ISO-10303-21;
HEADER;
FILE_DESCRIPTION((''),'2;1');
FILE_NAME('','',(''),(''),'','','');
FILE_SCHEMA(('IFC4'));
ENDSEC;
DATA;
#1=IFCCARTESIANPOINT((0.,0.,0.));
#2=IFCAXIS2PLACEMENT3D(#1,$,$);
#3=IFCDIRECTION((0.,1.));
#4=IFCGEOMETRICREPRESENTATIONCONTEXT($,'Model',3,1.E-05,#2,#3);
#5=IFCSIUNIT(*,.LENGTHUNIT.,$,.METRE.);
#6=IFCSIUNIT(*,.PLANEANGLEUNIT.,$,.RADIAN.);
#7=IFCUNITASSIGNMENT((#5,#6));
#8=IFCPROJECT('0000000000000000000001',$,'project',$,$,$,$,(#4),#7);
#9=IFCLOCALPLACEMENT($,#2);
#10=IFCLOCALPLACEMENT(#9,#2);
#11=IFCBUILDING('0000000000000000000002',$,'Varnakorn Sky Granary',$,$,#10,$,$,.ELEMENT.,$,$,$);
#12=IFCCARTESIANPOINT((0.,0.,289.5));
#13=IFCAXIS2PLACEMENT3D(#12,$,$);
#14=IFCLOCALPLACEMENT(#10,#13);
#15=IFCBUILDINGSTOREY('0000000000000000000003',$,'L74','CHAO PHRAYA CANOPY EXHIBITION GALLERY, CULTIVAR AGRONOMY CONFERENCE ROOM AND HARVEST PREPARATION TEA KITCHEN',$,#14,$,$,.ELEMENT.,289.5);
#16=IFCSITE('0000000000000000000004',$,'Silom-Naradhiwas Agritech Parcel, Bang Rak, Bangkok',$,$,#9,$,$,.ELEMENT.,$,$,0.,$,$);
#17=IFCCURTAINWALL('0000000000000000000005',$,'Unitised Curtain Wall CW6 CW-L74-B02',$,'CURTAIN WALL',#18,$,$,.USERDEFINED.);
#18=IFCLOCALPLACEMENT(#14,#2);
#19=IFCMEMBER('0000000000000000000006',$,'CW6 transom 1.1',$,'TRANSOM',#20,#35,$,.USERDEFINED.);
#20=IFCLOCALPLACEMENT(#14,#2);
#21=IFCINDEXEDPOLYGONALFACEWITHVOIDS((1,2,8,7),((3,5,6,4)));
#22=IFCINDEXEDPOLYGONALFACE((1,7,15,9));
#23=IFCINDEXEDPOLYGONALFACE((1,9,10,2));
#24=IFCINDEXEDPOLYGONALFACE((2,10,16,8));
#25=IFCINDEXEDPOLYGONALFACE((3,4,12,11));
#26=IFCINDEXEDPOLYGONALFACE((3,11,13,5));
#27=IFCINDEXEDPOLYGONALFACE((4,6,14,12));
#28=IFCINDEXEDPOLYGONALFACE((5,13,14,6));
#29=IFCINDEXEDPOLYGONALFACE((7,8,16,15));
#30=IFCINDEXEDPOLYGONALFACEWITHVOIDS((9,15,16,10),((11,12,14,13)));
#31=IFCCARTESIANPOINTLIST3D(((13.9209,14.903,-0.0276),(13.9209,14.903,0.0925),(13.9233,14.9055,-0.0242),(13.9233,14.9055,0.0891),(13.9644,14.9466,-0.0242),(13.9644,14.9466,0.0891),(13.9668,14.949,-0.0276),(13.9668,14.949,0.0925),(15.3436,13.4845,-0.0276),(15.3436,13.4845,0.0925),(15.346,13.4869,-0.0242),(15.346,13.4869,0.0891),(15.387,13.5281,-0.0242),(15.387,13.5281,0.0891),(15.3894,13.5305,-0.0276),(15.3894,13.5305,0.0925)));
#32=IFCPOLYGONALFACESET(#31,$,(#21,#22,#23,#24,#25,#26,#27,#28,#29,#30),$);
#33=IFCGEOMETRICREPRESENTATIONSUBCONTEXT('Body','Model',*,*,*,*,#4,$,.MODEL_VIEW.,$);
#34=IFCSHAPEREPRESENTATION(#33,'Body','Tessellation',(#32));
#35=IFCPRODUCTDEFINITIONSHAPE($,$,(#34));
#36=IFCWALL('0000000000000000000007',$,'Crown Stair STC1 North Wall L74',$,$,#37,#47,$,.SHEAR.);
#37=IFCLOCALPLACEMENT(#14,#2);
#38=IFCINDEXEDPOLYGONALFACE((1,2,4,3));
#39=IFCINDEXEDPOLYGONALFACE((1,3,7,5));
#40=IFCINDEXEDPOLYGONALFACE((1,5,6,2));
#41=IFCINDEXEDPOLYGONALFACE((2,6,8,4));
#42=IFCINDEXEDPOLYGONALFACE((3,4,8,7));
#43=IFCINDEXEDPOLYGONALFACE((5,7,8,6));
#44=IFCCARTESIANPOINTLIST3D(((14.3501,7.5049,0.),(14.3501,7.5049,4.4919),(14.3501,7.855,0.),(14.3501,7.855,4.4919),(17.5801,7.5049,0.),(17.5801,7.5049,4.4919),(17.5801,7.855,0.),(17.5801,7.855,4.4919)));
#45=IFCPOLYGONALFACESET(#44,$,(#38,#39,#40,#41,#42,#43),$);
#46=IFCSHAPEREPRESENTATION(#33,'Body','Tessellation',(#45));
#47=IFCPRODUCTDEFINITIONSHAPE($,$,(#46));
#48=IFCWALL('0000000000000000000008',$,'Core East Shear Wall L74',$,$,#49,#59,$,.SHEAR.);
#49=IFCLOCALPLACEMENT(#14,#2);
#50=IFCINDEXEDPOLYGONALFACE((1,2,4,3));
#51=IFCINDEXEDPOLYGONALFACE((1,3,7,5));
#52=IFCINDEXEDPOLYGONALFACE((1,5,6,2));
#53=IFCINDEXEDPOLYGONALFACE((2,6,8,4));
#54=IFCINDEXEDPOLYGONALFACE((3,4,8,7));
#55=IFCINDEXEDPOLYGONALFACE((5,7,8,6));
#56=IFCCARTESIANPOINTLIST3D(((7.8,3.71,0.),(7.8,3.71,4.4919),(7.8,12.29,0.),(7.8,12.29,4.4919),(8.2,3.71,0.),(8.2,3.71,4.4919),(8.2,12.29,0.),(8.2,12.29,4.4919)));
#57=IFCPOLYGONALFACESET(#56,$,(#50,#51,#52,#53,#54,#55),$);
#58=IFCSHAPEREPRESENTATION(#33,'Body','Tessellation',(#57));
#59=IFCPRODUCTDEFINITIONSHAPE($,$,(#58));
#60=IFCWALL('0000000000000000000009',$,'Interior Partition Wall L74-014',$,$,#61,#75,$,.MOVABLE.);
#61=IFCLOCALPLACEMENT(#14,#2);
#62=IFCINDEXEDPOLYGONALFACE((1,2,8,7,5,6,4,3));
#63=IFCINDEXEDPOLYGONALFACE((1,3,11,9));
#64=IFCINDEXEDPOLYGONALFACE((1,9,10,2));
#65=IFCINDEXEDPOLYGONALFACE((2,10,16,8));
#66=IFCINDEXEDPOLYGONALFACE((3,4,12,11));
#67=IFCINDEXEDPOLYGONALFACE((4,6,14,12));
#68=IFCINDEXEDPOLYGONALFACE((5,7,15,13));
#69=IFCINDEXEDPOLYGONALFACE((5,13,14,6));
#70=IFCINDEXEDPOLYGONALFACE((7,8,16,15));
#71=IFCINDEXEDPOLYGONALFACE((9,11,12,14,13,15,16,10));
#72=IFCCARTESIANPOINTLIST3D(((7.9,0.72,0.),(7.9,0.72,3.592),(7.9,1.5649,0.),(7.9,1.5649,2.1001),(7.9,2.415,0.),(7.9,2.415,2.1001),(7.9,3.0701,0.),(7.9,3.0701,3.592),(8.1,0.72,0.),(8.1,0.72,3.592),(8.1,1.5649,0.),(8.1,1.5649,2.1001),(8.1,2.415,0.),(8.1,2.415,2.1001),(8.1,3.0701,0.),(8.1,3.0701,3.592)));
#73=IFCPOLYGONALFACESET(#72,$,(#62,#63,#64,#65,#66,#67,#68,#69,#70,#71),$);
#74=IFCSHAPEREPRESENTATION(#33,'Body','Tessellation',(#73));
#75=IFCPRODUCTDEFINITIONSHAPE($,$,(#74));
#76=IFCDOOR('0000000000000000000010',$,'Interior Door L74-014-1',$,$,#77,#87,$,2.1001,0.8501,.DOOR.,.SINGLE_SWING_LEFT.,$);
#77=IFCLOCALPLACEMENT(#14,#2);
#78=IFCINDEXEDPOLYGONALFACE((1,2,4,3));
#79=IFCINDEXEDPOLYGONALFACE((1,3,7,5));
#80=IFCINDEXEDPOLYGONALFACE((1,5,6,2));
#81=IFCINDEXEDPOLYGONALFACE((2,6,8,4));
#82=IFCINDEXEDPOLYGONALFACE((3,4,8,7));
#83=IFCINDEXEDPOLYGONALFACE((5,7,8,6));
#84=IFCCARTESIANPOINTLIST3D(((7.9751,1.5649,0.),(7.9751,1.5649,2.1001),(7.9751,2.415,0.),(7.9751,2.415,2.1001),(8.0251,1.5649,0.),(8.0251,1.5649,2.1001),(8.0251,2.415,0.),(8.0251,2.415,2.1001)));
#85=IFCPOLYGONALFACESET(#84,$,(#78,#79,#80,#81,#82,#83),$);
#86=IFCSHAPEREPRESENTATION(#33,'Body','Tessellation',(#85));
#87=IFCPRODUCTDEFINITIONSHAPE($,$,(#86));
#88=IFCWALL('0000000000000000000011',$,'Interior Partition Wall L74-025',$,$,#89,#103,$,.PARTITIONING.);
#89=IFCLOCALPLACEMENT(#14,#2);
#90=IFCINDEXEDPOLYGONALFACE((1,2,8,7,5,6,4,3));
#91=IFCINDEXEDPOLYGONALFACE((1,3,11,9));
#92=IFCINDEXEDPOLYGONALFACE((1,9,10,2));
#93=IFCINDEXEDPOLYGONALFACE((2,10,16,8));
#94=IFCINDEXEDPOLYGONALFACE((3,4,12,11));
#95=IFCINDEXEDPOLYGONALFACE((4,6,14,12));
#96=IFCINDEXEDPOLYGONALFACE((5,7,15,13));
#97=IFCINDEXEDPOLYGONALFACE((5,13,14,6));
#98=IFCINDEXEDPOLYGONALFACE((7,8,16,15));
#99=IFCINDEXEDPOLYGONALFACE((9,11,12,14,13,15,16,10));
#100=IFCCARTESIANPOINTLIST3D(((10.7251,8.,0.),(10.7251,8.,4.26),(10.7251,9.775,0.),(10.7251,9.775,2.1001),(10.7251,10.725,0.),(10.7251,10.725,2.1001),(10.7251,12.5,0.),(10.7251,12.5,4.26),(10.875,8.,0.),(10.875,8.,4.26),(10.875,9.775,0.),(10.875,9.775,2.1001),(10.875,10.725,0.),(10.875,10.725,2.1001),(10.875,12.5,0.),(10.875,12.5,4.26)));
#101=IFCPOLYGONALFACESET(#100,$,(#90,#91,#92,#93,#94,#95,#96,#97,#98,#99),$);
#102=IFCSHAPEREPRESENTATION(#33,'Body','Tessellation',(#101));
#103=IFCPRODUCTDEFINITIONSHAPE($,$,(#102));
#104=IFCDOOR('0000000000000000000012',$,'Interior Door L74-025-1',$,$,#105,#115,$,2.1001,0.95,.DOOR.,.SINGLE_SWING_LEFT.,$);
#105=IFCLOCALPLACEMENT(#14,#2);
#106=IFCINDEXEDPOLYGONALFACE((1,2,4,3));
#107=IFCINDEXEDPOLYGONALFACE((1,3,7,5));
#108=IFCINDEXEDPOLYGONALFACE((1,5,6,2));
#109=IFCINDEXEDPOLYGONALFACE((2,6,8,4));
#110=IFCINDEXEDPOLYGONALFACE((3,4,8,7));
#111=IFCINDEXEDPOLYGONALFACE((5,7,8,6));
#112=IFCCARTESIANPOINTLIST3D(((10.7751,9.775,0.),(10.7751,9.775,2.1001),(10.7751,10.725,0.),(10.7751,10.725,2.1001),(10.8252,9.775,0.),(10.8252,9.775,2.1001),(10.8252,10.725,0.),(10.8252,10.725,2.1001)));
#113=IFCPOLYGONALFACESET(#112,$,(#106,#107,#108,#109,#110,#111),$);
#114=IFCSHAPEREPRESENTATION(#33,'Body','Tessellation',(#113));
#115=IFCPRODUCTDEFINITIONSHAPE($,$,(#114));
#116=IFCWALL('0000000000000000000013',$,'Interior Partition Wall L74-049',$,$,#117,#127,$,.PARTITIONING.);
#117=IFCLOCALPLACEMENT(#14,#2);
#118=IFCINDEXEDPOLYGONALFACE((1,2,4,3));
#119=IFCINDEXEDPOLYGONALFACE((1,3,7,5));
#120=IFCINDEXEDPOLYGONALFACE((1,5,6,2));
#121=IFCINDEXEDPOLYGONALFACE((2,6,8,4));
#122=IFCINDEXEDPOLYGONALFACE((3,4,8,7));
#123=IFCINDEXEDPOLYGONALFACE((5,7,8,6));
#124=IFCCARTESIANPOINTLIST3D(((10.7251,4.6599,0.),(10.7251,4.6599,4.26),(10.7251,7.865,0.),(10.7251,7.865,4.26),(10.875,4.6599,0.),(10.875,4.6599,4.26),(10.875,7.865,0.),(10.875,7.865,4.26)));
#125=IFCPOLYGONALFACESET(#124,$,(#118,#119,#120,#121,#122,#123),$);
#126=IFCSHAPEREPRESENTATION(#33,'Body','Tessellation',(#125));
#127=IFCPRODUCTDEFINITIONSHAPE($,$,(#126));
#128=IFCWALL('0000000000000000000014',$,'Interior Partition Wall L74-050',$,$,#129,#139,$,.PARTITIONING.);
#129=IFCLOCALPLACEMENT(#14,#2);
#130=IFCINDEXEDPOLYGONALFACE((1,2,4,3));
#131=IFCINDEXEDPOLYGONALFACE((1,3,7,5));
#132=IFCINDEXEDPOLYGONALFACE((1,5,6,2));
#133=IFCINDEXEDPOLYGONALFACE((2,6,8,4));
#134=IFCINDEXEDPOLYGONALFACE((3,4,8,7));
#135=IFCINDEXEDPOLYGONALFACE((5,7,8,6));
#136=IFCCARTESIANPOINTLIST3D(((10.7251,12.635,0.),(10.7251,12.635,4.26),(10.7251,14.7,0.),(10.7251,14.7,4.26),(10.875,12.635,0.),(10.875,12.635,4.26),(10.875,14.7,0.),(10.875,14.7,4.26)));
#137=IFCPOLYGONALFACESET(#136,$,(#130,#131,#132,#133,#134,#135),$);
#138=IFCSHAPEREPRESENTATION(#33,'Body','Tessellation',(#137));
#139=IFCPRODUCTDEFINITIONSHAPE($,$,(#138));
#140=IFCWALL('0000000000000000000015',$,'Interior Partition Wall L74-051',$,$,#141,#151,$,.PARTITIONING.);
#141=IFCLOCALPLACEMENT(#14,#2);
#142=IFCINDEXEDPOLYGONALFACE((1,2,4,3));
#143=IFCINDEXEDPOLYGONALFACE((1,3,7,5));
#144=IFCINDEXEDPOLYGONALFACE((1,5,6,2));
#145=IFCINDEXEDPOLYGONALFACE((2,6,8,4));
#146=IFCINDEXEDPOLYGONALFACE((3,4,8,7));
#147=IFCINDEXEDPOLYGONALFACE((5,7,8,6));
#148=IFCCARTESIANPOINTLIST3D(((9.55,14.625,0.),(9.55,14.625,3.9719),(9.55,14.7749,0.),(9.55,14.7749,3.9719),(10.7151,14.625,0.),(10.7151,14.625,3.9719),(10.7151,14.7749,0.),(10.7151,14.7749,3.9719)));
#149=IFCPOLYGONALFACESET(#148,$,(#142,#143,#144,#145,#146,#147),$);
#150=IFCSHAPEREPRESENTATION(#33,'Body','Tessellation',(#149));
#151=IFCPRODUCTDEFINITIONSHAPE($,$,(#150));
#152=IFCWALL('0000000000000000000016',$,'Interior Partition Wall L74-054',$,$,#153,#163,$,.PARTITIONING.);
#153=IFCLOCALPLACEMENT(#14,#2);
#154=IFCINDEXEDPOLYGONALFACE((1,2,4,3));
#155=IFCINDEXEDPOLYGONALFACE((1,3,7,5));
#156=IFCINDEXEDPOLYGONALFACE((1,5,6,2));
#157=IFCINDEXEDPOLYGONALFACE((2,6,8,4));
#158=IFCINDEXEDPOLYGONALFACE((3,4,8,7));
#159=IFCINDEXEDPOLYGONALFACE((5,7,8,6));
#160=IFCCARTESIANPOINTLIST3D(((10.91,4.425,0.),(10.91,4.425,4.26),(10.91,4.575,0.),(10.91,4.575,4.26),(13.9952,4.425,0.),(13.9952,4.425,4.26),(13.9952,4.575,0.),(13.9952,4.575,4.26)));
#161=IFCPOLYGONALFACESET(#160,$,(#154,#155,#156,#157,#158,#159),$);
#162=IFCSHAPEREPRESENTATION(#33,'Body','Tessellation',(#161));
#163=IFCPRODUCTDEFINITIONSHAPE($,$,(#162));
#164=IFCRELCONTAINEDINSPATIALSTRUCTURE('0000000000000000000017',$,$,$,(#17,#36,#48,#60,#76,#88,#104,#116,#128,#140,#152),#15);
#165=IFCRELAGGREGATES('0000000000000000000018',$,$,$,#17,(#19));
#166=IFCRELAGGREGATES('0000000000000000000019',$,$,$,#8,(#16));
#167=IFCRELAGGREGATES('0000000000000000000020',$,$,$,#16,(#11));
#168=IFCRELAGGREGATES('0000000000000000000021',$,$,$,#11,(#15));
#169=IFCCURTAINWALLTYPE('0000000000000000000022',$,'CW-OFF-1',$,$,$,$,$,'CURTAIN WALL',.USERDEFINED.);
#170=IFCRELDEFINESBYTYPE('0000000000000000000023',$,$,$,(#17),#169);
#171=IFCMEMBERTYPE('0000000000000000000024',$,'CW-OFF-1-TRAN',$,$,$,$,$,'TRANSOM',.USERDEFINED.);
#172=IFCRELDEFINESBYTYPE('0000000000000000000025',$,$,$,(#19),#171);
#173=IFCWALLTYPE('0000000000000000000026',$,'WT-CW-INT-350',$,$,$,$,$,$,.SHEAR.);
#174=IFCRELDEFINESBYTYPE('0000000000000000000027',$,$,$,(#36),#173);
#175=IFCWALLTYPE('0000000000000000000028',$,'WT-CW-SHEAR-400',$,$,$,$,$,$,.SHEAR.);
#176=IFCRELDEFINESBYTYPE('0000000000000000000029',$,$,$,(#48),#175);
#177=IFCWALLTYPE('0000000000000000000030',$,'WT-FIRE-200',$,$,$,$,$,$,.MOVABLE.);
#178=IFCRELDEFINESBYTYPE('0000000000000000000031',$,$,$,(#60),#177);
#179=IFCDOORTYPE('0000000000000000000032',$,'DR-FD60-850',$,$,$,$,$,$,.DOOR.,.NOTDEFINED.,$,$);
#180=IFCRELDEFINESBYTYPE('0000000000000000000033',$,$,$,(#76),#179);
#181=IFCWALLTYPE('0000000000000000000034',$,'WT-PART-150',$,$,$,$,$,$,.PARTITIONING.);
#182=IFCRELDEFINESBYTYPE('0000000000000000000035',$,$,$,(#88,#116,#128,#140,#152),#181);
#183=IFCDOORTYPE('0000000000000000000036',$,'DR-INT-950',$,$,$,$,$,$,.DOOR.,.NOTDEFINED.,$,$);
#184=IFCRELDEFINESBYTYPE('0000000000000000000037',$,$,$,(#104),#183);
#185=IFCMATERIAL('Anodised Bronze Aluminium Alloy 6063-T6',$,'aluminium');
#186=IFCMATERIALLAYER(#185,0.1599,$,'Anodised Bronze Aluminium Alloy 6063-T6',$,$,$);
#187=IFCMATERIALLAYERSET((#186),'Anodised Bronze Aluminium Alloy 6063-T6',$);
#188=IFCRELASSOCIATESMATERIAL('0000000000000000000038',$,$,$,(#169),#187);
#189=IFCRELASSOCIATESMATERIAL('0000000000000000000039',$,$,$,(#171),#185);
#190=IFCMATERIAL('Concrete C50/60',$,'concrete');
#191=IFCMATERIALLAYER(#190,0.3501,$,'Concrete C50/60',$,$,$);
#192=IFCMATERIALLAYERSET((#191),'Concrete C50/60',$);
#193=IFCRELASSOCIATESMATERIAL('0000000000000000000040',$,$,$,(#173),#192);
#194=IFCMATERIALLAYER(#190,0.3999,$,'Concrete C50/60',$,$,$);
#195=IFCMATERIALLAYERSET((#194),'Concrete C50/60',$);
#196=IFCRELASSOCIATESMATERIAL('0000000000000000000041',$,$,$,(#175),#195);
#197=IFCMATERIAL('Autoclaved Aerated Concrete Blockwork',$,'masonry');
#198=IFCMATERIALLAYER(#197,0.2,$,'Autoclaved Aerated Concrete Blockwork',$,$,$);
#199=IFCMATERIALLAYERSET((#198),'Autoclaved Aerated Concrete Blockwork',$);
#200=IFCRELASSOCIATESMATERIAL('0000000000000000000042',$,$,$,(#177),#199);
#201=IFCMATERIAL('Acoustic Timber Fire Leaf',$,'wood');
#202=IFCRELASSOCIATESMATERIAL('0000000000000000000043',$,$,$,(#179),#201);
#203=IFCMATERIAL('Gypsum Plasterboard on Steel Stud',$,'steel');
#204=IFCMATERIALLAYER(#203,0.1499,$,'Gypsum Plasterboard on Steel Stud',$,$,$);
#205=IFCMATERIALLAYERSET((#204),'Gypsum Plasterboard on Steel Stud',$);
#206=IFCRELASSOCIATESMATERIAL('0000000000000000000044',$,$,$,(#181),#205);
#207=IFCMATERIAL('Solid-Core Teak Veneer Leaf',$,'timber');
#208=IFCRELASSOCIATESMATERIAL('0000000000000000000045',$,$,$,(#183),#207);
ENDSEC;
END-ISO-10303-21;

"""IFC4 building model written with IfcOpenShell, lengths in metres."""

from ifc_helpers import new_model, si_unit, direction, frame, frame_2d, origin, origin_2d, place, context, subcontext, project, spatial, rectangle, hollow_rectangle, extrude, material, layer, layer_set, material_profile, profile_set, type_object, element, fill, aggregate, save


model = new_model("IFC4")

# Units and contexts
model_context = context("Model", 3, precision=1e-05, world=origin(), true_north=direction((0.0, 1.0)))
body_context = subcontext(model_context, "Body", "Model", "MODEL_VIEW")
ifc_project = project(units=[si_unit("LENGTHUNIT", "METRE"), si_unit("PLANEANGLEUNIT", "RADIAN")], contexts=[model_context])

# Site, building, storey
site_placement = place(None, origin())
site = spatial("IfcSite", under=ifc_project, at=site_placement, Name="Silom-Naradhiwas Agritech Parcel, Bang Rak, Bangkok", CompositionType="ELEMENT", RefElevation=0.0)
building_placement = place(site_placement, origin())
building = spatial("IfcBuilding", under=site, at=building_placement, Name="Varnakorn Sky Granary", CompositionType="ELEMENT")
storey_placement = place(building_placement, frame((0.0, 0.0, 289.5)))
storey = spatial("IfcBuildingStorey", under=building, at=storey_placement, Name="L74", Description="CHAO PHRAYA CANOPY EXHIBITION GALLERY, CULTIVAR AGRONOMY CONFERENCE ROOM AND HARVEST PREPARATION TEA KITCHEN", CompositionType="ELEMENT", Elevation=289.5)

# Shared definitions
ifc_material_1 = material(Name="Concrete C50/60", Category="concrete")

# Curtain wall, member
ifc_material_2 = material(Name="Anodised Bronze Aluminium Alloy 6063-T6", Category="aluminium")
ifc_layer_1 = layer(ifc_material_2, 0.1599, Name="Anodised Bronze Aluminium Alloy 6063-T6")
ifc_layer_set_1 = layer_set([ifc_layer_1], Name="Anodised Bronze Aluminium Alloy 6063-T6")
curtain_wall_type = type_object("IfcCurtainWallType", Name="CW-OFF-1", ElementType="CURTAIN WALL", PredefinedType="USERDEFINED", material=ifc_layer_set_1)
curtain_wall_placement = place(storey_placement, origin())
curtain_wall = element("IfcCurtainWall", 1, at=curtain_wall_placement, inside=storey, type_object=curtain_wall_type, Name="Unitised Curtain Wall CW6 CW-L74-B02", ObjectType="CURTAIN WALL", PredefinedType="USERDEFINED")
ifc_material_profile_1 = material_profile(ifc_material_2, hollow_rectangle(XDim=0.0649, YDim=0.1201, WallThickness=0.0034, at=origin_2d()), Name="ALU TRAN 65x120")
ifc_profile_set_1 = profile_set([ifc_material_profile_1], Name="Anodised Bronze Aluminium Alloy 6063-T6")
member_type = type_object("IfcMemberType", Name="CW-OFF-1-TRAN", ElementType="TRANSOM", PredefinedType="USERDEFINED", material=ifc_profile_set_1)
member_placement = place(storey_placement, frame((13.9438, 14.926, 0.0325), z_axis=(0.708139, -0.706073, 0.0), x_axis=(0.706073, 0.708139, 0.0)))
member = element("IfcMember", 2, at=member_placement, type_object=member_type, Name="CW6 transom 1.1", ObjectType="TRANSOM", PredefinedType="USERDEFINED", context=body_context, shape_type="SweptSolid", body=[
    extrude(hollow_rectangle(XDim=0.0649, YDim=0.1201, WallThickness=0.0034, at=origin_2d()), origin(), (0.0, 0.0, 1.0), 2.009),
])
aggregate(curtain_wall, [member])

# Wall
ifc_layer_2 = layer(ifc_material_1, 0.3501, Name="Concrete C50/60")
ifc_layer_set_2 = layer_set([ifc_layer_2], Name="Concrete C50/60")
wall_type_1 = type_object("IfcWallType", Name="WT-CW-INT-350", PredefinedType="SHEAR", material=ifc_layer_set_2)
wall_1_placement = place(storey_placement, frame((14.3501, 7.6799, 0.0), z_axis=(0.0, 0.0, 1.0), x_axis=(1.0, 0.0, 0.0)))
element("IfcWall", 3, at=wall_1_placement, inside=storey, type_object=wall_type_1, Name="Crown Stair STC1 North Wall L74", PredefinedType="SHEAR", context=body_context, shape_type="SweptSolid", body=[
    extrude(rectangle(XDim=3.23, YDim=0.3501, at=frame_2d((1.615, 0.0))), origin(), (0.0, 0.0, 1.0), 4.4919),
])

# Wall
ifc_layer_3 = layer(ifc_material_1, 0.3999, Name="Concrete C50/60")
ifc_layer_set_3 = layer_set([ifc_layer_3], Name="Concrete C50/60")
wall_type_2 = type_object("IfcWallType", Name="WT-CW-SHEAR-400", PredefinedType="SHEAR", material=ifc_layer_set_3)
wall_2_placement = place(storey_placement, frame((8.0, 3.71, 0.0), z_axis=(0.0, 0.0, 1.0), x_axis=(0.0, 1.0, 0.0)))
element("IfcWall", 4, at=wall_2_placement, inside=storey, type_object=wall_type_2, Name="Core East Shear Wall L74", PredefinedType="SHEAR", context=body_context, shape_type="SweptSolid", body=[
    extrude(rectangle(XDim=8.5801, YDim=0.3999, at=frame_2d((4.29, 0.0))), origin(), (0.0, 0.0, 1.0), 4.4919),
])

# Walls, openings, doors
ifc_material_3 = material(Name="Autoclaved Aerated Concrete Blockwork", Category="masonry")
ifc_layer_4 = layer(ifc_material_3, 0.2, Name="Autoclaved Aerated Concrete Blockwork")
ifc_layer_set_4 = layer_set([ifc_layer_4], Name="Autoclaved Aerated Concrete Blockwork")
wall_type_3 = type_object("IfcWallType", Name="WT-FIRE-200", PredefinedType="MOVABLE", material=ifc_layer_set_4)
wall_3_placement = place(storey_placement, frame((8.0, 0.72, 0.0), z_axis=(0.0, 0.0, 1.0), x_axis=(0.0, 1.0, 0.0)))
wall_3 = element("IfcWall", 5, at=wall_3_placement, inside=storey, type_object=wall_type_3, Name="Interior Partition Wall L74-014", PredefinedType="MOVABLE", context=body_context, shape_type="SweptSolid", body=[
    extrude(rectangle(XDim=2.3501, YDim=0.2, at=frame_2d((1.175, 0.0))), origin(), (0.0, 0.0, 1.0), 3.592),
])
opening_1_placement = place(wall_3_placement, frame((0.845, 0.0, 0.0)))
opening_1 = element("IfcOpeningElement", 6, at=opening_1_placement, cuts=wall_3, PredefinedType="OPENING", context=body_context, shape_type="SweptSolid", body=[
    extrude(rectangle(XDim=0.8501, YDim=2.1001, at=frame_2d((0.425, 1.05))), frame((0.0, 0.1099, 0.0), z_axis=(0.0, -1.0, 0.0), x_axis=(1.0, 0.0, 0.0)), (0.0, 0.0, 1.0), 0.22),
])
ifc_material_4 = material(Name="Acoustic Timber Fire Leaf", Category="wood")
door_type_1 = type_object("IfcDoorType", Name="DR-FD60-850", OperationType="NOTDEFINED", PredefinedType="DOOR", material=ifc_material_4)
door_1_placement = place(opening_1_placement, origin())
door_1 = element("IfcDoor", 7, at=door_1_placement, inside=storey, type_object=door_type_1, Name="Interior Door L74-014-1", OperationType="SINGLE_SWING_LEFT", OverallHeight=2.1001, OverallWidth=0.8501, PredefinedType="DOOR", context=body_context, shape_type="SweptSolid", body=[
    extrude(rectangle(XDim=0.8501, YDim=2.1001, at=frame_2d((0.425, 1.05))), frame((0.0, 0.0249, 0.0), z_axis=(0.0, -1.0, 0.0), x_axis=(1.0, 0.0, 0.0)), (0.0, 0.0, 1.0), 0.05),
])
fill(opening_1, door_1)
ifc_material_5 = material(Name="Gypsum Plasterboard on Steel Stud", Category="steel")
ifc_layer_5 = layer(ifc_material_5, 0.1499, Name="Gypsum Plasterboard on Steel Stud")
ifc_layer_set_5 = layer_set([ifc_layer_5], Name="Gypsum Plasterboard on Steel Stud")
wall_type_4 = type_object("IfcWallType", Name="WT-PART-150", PredefinedType="PARTITIONING", material=ifc_layer_set_5)
wall_4_placement = place(storey_placement, frame((10.8, 8.0, 0.0), z_axis=(0.0, 0.0, 1.0), x_axis=(0.0, 1.0, 0.0)))
wall_4 = element("IfcWall", 8, at=wall_4_placement, inside=storey, type_object=wall_type_4, Name="Interior Partition Wall L74-025", PredefinedType="PARTITIONING", context=body_context, shape_type="SweptSolid", body=[
    extrude(rectangle(XDim=4.5, YDim=0.1499, at=frame_2d((2.25, 0.0))), origin(), (0.0, 0.0, 1.0), 4.26),
])
opening_2_placement = place(wall_4_placement, frame((1.7749, 0.0, 0.0)))
opening_2 = element("IfcOpeningElement", 9, at=opening_2_placement, cuts=wall_4, PredefinedType="OPENING", context=body_context, shape_type="SweptSolid", body=[
    extrude(rectangle(XDim=0.95, YDim=2.1001, at=frame_2d((0.4751, 1.05))), frame((0.0, 0.085, 0.0), z_axis=(0.0, -1.0, 0.0), x_axis=(1.0, 0.0, 0.0)), (0.0, 0.0, 1.0), 0.1699),
])
ifc_material_6 = material(Name="Solid-Core Teak Veneer Leaf", Category="timber")
door_type_2 = type_object("IfcDoorType", Name="DR-INT-950", OperationType="NOTDEFINED", PredefinedType="DOOR", material=ifc_material_6)
door_2_placement = place(opening_2_placement, origin())
door_2 = element("IfcDoor", 10, at=door_2_placement, inside=storey, type_object=door_type_2, Name="Interior Door L74-025-1", OperationType="SINGLE_SWING_LEFT", OverallHeight=2.1001, OverallWidth=0.95, PredefinedType="DOOR", context=body_context, shape_type="SweptSolid", body=[
    extrude(rectangle(XDim=0.95, YDim=2.1001, at=frame_2d((0.4751, 1.05))), frame((0.0, 0.0249, 0.0), z_axis=(0.0, -1.0, 0.0), x_axis=(1.0, 0.0, 0.0)), (0.0, 0.0, 1.0), 0.05),
])
fill(opening_2, door_2)

# Walls
wall_5_placement = place(storey_placement, frame((10.8, 4.6599, 0.0), z_axis=(0.0, 0.0, 1.0), x_axis=(0.0, 1.0, 0.0)))
element("IfcWall", 11, at=wall_5_placement, inside=storey, type_object=wall_type_4, Name="Interior Partition Wall L74-049", PredefinedType="PARTITIONING", context=body_context, shape_type="SweptSolid", body=[
    extrude(rectangle(XDim=3.2051, YDim=0.1499, at=frame_2d((1.6025, 0.0))), origin(), (0.0, 0.0, 1.0), 4.26),
])
wall_6_placement = place(storey_placement, frame((10.8, 12.635, 0.0), z_axis=(0.0, 0.0, 1.0), x_axis=(0.0, 1.0, 0.0)))
element("IfcWall", 12, at=wall_6_placement, inside=storey, type_object=wall_type_4, Name="Interior Partition Wall L74-050", PredefinedType="PARTITIONING", context=body_context, shape_type="SweptSolid", body=[
    extrude(rectangle(XDim=2.0649, YDim=0.1499, at=frame_2d((1.0325, 0.0))), origin(), (0.0, 0.0, 1.0), 4.26),
])
wall_7_placement = place(storey_placement, frame((10.7151, 14.7, 0.0), z_axis=(0.0, 0.0, 1.0), x_axis=(-1.0, 0.0, 0.0)))
element("IfcWall", 13, at=wall_7_placement, inside=storey, type_object=wall_type_4, Name="Interior Partition Wall L74-051", PredefinedType="PARTITIONING", context=body_context, shape_type="SweptSolid", body=[
    extrude(rectangle(XDim=1.165, YDim=0.1499, at=frame_2d((0.5825, 0.0))), origin(), (0.0, 0.0, 1.0), 3.9719),
])
wall_8_placement = place(storey_placement, frame((13.9951, 4.5, 0.0), z_axis=(0.0, 0.0, 1.0), x_axis=(-1.0, 0.0, 0.0)))
element("IfcWall", 14, at=wall_8_placement, inside=storey, type_object=wall_type_4, Name="Interior Partition Wall L74-054", PredefinedType="PARTITIONING", context=body_context, shape_type="SweptSolid", body=[
    extrude(rectangle(XDim=3.0852, YDim=0.1499, at=frame_2d((1.5425, 0.0))), origin(), (0.0, 0.0, 1.0), 4.26),
])

save(model, "model.ifc")
